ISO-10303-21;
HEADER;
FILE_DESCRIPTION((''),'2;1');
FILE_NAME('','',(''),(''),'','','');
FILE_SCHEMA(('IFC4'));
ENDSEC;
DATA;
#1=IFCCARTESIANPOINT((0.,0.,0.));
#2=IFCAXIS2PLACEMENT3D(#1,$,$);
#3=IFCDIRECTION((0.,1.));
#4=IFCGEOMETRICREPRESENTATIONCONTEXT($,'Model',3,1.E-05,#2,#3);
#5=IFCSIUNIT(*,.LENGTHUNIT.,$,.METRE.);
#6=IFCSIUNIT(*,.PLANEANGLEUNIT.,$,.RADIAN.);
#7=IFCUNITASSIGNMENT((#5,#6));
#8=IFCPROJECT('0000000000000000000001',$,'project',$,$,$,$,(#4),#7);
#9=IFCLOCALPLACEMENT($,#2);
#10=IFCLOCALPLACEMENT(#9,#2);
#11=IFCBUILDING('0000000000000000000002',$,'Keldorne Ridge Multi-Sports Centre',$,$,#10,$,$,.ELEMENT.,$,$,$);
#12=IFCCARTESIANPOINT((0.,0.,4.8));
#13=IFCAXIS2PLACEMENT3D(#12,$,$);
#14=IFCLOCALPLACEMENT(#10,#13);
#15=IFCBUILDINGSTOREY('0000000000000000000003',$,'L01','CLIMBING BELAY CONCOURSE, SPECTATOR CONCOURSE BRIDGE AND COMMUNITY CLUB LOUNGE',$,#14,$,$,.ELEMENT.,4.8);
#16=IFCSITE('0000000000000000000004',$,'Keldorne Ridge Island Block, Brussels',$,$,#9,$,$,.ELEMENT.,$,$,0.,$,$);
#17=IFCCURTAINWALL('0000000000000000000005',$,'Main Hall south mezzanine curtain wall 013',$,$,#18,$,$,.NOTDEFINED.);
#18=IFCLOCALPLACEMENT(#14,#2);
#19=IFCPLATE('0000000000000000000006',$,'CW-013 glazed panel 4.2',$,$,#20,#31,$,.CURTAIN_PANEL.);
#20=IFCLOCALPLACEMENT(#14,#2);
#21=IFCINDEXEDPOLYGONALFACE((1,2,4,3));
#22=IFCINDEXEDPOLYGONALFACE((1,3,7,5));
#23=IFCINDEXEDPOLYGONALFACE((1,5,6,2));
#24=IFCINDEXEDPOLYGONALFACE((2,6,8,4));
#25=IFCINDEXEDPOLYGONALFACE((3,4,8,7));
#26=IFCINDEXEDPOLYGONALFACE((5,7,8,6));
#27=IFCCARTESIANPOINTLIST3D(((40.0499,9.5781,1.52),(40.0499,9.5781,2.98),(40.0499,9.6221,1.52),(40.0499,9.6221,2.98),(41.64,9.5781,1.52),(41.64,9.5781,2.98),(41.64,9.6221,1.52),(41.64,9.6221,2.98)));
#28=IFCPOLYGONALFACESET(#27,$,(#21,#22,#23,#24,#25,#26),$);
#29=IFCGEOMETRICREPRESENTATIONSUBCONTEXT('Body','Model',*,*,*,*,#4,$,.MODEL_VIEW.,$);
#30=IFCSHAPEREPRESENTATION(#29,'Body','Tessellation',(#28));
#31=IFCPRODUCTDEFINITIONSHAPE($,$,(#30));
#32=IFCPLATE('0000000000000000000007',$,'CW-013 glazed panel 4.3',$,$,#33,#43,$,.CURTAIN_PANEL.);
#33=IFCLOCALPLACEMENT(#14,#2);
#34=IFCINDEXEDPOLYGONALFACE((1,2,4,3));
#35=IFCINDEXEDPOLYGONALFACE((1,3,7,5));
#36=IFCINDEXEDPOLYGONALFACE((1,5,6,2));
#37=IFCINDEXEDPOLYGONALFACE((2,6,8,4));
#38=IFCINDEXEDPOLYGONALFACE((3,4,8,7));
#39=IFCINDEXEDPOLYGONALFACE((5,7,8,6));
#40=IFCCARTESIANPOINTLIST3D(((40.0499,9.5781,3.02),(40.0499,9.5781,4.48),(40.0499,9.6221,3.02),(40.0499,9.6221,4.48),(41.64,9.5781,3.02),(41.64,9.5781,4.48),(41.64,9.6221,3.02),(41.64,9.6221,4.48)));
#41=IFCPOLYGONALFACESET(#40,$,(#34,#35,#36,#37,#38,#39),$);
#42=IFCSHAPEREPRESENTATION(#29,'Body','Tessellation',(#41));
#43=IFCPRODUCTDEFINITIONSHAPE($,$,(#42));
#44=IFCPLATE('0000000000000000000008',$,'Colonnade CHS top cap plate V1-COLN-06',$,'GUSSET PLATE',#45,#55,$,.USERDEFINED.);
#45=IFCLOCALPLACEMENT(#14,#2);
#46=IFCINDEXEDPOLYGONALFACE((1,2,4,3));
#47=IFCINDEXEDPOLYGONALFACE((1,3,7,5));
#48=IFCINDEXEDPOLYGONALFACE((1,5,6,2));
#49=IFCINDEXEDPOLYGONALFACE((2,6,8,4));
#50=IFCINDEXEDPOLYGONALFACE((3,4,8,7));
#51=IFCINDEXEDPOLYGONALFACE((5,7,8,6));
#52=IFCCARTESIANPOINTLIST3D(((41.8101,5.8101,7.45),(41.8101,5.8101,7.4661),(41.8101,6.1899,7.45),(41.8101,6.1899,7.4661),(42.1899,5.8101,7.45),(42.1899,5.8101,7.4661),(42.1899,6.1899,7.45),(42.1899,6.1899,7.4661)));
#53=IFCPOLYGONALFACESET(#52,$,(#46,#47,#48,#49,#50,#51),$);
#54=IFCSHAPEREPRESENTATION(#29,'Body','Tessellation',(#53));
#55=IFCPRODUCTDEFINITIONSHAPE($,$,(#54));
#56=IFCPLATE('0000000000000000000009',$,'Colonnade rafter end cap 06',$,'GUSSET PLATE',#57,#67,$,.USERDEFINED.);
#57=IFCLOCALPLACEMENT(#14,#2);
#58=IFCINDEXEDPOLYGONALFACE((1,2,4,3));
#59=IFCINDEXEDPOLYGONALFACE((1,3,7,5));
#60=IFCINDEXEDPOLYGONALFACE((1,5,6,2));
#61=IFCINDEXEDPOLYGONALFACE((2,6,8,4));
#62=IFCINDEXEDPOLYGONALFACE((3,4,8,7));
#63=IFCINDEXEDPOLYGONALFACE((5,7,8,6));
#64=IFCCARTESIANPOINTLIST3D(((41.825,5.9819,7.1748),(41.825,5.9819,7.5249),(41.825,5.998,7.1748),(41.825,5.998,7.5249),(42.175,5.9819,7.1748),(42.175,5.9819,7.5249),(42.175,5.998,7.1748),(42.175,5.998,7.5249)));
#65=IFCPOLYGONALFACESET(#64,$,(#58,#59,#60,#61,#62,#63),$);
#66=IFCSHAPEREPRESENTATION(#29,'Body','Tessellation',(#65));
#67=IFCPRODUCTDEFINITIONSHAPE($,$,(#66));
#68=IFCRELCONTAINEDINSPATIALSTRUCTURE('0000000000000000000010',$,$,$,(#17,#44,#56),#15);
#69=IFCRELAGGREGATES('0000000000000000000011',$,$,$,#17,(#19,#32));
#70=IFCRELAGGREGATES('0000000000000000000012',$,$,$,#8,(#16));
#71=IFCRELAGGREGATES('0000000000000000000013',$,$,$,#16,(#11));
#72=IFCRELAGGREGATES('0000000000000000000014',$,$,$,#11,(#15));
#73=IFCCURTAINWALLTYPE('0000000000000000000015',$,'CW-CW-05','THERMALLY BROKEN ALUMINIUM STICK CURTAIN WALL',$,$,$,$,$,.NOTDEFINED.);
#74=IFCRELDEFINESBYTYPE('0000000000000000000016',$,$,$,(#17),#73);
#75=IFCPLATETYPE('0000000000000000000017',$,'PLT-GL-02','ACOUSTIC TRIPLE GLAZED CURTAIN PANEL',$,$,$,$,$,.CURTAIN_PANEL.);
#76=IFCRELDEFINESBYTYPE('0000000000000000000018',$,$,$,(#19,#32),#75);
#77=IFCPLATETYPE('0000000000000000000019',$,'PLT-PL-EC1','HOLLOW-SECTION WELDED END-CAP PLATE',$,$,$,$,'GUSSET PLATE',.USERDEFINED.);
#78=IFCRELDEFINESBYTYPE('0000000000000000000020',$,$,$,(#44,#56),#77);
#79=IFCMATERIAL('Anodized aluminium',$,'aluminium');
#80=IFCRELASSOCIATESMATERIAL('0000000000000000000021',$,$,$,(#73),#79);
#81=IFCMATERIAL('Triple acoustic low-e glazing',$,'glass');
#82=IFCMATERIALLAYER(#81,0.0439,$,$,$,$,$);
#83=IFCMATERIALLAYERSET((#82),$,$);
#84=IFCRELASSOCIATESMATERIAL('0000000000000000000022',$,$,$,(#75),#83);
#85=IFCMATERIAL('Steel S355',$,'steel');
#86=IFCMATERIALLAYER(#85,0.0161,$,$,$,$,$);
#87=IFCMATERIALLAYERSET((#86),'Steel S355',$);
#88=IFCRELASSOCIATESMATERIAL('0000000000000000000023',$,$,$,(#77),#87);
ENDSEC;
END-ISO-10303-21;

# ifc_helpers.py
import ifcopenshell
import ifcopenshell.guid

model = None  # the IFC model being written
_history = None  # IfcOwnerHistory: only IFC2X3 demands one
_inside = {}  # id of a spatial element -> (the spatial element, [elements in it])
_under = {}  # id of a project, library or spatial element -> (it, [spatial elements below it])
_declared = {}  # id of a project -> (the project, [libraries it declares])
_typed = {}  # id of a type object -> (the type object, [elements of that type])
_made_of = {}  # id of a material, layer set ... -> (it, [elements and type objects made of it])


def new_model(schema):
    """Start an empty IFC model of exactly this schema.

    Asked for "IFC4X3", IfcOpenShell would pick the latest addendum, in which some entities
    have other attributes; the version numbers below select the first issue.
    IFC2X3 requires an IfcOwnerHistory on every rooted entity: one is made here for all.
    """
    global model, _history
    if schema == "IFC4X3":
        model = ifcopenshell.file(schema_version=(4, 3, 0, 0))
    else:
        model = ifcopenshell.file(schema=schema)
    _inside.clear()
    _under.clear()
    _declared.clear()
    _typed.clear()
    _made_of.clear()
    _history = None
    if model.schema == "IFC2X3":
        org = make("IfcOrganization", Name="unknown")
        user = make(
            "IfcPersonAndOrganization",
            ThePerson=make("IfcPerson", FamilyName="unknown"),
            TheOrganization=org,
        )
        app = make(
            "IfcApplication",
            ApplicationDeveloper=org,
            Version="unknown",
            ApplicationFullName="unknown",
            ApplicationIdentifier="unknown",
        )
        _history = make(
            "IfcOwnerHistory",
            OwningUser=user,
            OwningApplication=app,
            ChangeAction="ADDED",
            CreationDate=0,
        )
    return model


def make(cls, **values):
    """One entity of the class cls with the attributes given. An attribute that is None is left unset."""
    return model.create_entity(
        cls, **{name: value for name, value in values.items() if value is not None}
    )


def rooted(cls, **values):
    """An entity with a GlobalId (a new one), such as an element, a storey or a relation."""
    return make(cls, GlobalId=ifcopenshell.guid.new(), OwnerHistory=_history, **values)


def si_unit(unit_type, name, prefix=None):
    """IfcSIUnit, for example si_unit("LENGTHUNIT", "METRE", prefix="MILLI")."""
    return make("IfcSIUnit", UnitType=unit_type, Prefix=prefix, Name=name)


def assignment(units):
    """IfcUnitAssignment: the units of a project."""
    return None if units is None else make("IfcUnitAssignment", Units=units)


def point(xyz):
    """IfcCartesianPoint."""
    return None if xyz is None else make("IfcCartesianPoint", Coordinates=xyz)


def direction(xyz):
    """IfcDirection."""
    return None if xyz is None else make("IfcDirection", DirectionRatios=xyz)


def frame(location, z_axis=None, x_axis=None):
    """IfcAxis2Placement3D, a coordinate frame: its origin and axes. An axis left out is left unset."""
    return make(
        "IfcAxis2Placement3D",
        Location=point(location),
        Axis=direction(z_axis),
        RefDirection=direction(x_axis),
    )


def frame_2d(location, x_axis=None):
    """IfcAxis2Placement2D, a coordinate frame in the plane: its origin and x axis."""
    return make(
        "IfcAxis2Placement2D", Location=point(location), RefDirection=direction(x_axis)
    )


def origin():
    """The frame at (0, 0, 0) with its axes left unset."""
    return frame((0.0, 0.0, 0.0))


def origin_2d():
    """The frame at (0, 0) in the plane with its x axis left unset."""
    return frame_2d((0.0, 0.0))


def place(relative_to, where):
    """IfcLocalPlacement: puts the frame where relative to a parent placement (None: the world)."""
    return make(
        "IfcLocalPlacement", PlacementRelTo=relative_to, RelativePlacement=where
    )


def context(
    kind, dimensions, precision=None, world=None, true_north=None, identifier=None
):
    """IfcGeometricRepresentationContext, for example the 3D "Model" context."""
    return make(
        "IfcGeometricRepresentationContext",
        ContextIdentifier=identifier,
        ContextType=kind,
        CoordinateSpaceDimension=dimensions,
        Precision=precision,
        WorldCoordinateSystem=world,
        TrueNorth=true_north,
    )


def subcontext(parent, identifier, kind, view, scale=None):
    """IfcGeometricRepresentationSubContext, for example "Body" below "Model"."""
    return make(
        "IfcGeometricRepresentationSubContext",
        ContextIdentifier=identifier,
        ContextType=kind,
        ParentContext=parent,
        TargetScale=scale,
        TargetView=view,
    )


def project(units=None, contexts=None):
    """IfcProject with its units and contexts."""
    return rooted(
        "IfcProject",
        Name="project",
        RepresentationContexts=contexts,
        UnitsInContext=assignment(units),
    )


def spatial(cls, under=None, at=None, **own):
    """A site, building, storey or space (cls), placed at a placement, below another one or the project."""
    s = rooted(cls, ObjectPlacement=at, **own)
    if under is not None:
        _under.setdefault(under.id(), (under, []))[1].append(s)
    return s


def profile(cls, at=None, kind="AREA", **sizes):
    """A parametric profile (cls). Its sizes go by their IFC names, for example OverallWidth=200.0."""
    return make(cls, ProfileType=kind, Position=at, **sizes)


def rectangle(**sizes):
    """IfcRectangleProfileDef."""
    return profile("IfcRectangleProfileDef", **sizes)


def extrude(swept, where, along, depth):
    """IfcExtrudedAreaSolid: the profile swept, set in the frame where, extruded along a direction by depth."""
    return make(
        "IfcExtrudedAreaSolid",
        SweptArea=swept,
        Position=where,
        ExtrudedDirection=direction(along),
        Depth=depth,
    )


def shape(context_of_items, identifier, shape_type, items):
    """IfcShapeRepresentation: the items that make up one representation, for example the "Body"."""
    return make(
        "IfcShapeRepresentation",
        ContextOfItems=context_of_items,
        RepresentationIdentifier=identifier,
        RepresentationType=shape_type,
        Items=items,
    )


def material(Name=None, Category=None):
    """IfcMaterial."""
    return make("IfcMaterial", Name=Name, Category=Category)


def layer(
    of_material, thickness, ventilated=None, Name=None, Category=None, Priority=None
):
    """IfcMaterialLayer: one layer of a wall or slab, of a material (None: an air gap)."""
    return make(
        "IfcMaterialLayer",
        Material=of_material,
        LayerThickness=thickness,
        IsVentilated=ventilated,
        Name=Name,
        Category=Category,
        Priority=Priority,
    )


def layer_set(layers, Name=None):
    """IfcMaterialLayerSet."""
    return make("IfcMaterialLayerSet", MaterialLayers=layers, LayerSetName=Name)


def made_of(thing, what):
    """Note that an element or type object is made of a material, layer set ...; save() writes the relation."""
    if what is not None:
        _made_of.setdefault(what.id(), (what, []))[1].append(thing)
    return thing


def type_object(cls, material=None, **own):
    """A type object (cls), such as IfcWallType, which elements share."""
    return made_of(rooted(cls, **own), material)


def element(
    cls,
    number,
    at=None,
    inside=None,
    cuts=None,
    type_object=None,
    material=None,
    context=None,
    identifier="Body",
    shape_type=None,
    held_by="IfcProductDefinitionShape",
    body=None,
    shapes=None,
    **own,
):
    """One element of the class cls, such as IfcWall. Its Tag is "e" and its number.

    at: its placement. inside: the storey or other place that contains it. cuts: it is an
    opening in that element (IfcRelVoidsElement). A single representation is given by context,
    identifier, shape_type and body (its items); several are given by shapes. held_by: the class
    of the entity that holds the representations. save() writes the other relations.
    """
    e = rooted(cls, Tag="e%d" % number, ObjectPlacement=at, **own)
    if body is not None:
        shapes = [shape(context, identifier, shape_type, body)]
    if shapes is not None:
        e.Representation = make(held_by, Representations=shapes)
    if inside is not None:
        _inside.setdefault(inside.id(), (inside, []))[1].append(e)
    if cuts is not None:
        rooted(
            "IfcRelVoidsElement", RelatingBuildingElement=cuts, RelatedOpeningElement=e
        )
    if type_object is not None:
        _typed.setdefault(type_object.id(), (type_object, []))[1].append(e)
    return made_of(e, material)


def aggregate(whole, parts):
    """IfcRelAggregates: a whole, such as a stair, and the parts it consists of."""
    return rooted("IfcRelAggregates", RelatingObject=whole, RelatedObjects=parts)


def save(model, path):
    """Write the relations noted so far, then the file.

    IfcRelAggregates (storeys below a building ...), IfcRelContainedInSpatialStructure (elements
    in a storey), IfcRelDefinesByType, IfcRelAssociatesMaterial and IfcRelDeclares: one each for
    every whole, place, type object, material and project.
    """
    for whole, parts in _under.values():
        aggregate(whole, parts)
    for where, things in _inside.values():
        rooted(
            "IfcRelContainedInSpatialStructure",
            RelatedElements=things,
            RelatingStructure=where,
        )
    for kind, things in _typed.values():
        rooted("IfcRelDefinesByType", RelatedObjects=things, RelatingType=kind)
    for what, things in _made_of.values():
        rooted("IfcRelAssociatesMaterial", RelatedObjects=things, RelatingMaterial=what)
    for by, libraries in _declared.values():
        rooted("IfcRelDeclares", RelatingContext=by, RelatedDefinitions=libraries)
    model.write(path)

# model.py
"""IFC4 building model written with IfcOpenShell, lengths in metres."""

from ifc_helpers import new_model, si_unit, direction, frame, origin, origin_2d, place, context, subcontext, project, spatial, rectangle, extrude, material, layer, layer_set, type_object, element, aggregate, save


model = new_model("IFC4")

# Units and contexts
model_context = context("Model", 3, precision=1e-05, world=origin(), true_north=direction((0.0, 1.0)))
body_context = subcontext(model_context, "Body", "Model", "MODEL_VIEW")
ifc_project = project(units=[si_unit("LENGTHUNIT", "METRE"), si_unit("PLANEANGLEUNIT", "RADIAN")], contexts=[model_context])

# Site, building, storey
site_placement = place(None, origin())
site = spatial("IfcSite", under=ifc_project, at=site_placement, Name="Keldorne Ridge Island Block, Brussels", CompositionType="ELEMENT", RefElevation=0.0)
building_placement = place(site_placement, origin())
building = spatial("IfcBuilding", under=site, at=building_placement, Name="Keldorne Ridge Multi-Sports Centre", CompositionType="ELEMENT")
storey_placement = place(building_placement, frame((0.0, 0.0, 4.8)))
storey = spatial("IfcBuildingStorey", under=building, at=storey_placement, Name="L01", Description="CLIMBING BELAY CONCOURSE, SPECTATOR CONCOURSE BRIDGE AND COMMUNITY CLUB LOUNGE", CompositionType="ELEMENT", Elevation=4.8)

# Shared definitions
ifc_material_1 = material(Name="Steel S355", Category="steel")

# Curtain wall, plates
ifc_material_2 = material(Name="Anodized aluminium", Category="aluminium")
curtain_wall_type = type_object("IfcCurtainWallType", Name="CW-CW-05", Description="THERMALLY BROKEN ALUMINIUM STICK CURTAIN WALL", PredefinedType="NOTDEFINED", material=ifc_material_2)
curtain_wall_placement = place(storey_placement, origin())
curtain_wall = element("IfcCurtainWall", 1, at=curtain_wall_placement, inside=storey, type_object=curtain_wall_type, Name="Main Hall south mezzanine curtain wall 013", PredefinedType="NOTDEFINED")
ifc_material_3 = material(Name="Triple acoustic low-e glazing", Category="glass")
ifc_layer_1 = layer(ifc_material_3, 0.0439)
ifc_layer_set_1 = layer_set([ifc_layer_1])
plate_type_1 = type_object("IfcPlateType", Name="PLT-GL-02", Description="ACOUSTIC TRIPLE GLAZED CURTAIN PANEL", PredefinedType="CURTAIN_PANEL", material=ifc_layer_set_1)
plate_1_placement = place(storey_placement, frame((40.845, 9.6001, 1.52), z_axis=(0.0, 0.0, 1.0), x_axis=(1.0, 0.0, 0.0)))
plate_1 = element("IfcPlate", 2, at=plate_1_placement, type_object=plate_type_1, Name="CW-013 glazed panel 4.2", PredefinedType="CURTAIN_PANEL", context=body_context, shape_type="SweptSolid", body=[
    extrude(rectangle(XDim=1.5901, YDim=0.0439, at=origin_2d()), origin(), (0.0, 0.0, 1.0), 1.46),
])
plate_2_placement = place(storey_placement, frame((40.845, 9.6001, 3.02), z_axis=(0.0, 0.0, 1.0), x_axis=(1.0, 0.0, 0.0)))
plate_2 = element("IfcPlate", 3, at=plate_2_placement, type_object=plate_type_1, Name="CW-013 glazed panel 4.3", PredefinedType="CURTAIN_PANEL", context=body_context, shape_type="SweptSolid", body=[
    extrude(rectangle(XDim=1.5901, YDim=0.0439, at=origin_2d()), origin(), (0.0, 0.0, 1.0), 1.46),
])
aggregate(curtain_wall, [plate_1, plate_2])

# Plates
ifc_layer_2 = layer(ifc_material_1, 0.0161)
ifc_layer_set_2 = layer_set([ifc_layer_2], Name="Steel S355")
plate_type_2 = type_object("IfcPlateType", Name="PLT-PL-EC1", Description="HOLLOW-SECTION WELDED END-CAP PLATE", ElementType="GUSSET PLATE", PredefinedType="USERDEFINED", material=ifc_layer_set_2)
plate_3_placement = place(storey_placement, frame((42.0, 6.0, 7.45), z_axis=(0.0, 0.0, 1.0), x_axis=(1.0, 0.0, 0.0)))
element("IfcPlate", 4, at=plate_3_placement, inside=storey, type_object=plate_type_2, Name="Colonnade CHS top cap plate V1-COLN-06", ObjectType="GUSSET PLATE", PredefinedType="USERDEFINED", context=body_context, shape_type="SweptSolid", body=[
    extrude(rectangle(XDim=0.3799, YDim=0.3799, at=origin_2d()), origin(), (0.0, 0.0, 1.0), 0.0161),
])
plate_4_placement = place(storey_placement, frame((42.0, 5.99, 7.1748), z_axis=(0.0, 0.0, 1.0), x_axis=(1.0, 0.0, 0.0)))
element("IfcPlate", 5, at=plate_4_placement, inside=storey, type_object=plate_type_2, Name="Colonnade rafter end cap 06", ObjectType="GUSSET PLATE", PredefinedType="USERDEFINED", context=body_context, shape_type="SweptSolid", body=[
    extrude(rectangle(XDim=0.3501, YDim=0.0161, at=origin_2d()), origin(), (0.0, 0.0, 1.0), 0.3501),
])

save(model, "model.ifc")
